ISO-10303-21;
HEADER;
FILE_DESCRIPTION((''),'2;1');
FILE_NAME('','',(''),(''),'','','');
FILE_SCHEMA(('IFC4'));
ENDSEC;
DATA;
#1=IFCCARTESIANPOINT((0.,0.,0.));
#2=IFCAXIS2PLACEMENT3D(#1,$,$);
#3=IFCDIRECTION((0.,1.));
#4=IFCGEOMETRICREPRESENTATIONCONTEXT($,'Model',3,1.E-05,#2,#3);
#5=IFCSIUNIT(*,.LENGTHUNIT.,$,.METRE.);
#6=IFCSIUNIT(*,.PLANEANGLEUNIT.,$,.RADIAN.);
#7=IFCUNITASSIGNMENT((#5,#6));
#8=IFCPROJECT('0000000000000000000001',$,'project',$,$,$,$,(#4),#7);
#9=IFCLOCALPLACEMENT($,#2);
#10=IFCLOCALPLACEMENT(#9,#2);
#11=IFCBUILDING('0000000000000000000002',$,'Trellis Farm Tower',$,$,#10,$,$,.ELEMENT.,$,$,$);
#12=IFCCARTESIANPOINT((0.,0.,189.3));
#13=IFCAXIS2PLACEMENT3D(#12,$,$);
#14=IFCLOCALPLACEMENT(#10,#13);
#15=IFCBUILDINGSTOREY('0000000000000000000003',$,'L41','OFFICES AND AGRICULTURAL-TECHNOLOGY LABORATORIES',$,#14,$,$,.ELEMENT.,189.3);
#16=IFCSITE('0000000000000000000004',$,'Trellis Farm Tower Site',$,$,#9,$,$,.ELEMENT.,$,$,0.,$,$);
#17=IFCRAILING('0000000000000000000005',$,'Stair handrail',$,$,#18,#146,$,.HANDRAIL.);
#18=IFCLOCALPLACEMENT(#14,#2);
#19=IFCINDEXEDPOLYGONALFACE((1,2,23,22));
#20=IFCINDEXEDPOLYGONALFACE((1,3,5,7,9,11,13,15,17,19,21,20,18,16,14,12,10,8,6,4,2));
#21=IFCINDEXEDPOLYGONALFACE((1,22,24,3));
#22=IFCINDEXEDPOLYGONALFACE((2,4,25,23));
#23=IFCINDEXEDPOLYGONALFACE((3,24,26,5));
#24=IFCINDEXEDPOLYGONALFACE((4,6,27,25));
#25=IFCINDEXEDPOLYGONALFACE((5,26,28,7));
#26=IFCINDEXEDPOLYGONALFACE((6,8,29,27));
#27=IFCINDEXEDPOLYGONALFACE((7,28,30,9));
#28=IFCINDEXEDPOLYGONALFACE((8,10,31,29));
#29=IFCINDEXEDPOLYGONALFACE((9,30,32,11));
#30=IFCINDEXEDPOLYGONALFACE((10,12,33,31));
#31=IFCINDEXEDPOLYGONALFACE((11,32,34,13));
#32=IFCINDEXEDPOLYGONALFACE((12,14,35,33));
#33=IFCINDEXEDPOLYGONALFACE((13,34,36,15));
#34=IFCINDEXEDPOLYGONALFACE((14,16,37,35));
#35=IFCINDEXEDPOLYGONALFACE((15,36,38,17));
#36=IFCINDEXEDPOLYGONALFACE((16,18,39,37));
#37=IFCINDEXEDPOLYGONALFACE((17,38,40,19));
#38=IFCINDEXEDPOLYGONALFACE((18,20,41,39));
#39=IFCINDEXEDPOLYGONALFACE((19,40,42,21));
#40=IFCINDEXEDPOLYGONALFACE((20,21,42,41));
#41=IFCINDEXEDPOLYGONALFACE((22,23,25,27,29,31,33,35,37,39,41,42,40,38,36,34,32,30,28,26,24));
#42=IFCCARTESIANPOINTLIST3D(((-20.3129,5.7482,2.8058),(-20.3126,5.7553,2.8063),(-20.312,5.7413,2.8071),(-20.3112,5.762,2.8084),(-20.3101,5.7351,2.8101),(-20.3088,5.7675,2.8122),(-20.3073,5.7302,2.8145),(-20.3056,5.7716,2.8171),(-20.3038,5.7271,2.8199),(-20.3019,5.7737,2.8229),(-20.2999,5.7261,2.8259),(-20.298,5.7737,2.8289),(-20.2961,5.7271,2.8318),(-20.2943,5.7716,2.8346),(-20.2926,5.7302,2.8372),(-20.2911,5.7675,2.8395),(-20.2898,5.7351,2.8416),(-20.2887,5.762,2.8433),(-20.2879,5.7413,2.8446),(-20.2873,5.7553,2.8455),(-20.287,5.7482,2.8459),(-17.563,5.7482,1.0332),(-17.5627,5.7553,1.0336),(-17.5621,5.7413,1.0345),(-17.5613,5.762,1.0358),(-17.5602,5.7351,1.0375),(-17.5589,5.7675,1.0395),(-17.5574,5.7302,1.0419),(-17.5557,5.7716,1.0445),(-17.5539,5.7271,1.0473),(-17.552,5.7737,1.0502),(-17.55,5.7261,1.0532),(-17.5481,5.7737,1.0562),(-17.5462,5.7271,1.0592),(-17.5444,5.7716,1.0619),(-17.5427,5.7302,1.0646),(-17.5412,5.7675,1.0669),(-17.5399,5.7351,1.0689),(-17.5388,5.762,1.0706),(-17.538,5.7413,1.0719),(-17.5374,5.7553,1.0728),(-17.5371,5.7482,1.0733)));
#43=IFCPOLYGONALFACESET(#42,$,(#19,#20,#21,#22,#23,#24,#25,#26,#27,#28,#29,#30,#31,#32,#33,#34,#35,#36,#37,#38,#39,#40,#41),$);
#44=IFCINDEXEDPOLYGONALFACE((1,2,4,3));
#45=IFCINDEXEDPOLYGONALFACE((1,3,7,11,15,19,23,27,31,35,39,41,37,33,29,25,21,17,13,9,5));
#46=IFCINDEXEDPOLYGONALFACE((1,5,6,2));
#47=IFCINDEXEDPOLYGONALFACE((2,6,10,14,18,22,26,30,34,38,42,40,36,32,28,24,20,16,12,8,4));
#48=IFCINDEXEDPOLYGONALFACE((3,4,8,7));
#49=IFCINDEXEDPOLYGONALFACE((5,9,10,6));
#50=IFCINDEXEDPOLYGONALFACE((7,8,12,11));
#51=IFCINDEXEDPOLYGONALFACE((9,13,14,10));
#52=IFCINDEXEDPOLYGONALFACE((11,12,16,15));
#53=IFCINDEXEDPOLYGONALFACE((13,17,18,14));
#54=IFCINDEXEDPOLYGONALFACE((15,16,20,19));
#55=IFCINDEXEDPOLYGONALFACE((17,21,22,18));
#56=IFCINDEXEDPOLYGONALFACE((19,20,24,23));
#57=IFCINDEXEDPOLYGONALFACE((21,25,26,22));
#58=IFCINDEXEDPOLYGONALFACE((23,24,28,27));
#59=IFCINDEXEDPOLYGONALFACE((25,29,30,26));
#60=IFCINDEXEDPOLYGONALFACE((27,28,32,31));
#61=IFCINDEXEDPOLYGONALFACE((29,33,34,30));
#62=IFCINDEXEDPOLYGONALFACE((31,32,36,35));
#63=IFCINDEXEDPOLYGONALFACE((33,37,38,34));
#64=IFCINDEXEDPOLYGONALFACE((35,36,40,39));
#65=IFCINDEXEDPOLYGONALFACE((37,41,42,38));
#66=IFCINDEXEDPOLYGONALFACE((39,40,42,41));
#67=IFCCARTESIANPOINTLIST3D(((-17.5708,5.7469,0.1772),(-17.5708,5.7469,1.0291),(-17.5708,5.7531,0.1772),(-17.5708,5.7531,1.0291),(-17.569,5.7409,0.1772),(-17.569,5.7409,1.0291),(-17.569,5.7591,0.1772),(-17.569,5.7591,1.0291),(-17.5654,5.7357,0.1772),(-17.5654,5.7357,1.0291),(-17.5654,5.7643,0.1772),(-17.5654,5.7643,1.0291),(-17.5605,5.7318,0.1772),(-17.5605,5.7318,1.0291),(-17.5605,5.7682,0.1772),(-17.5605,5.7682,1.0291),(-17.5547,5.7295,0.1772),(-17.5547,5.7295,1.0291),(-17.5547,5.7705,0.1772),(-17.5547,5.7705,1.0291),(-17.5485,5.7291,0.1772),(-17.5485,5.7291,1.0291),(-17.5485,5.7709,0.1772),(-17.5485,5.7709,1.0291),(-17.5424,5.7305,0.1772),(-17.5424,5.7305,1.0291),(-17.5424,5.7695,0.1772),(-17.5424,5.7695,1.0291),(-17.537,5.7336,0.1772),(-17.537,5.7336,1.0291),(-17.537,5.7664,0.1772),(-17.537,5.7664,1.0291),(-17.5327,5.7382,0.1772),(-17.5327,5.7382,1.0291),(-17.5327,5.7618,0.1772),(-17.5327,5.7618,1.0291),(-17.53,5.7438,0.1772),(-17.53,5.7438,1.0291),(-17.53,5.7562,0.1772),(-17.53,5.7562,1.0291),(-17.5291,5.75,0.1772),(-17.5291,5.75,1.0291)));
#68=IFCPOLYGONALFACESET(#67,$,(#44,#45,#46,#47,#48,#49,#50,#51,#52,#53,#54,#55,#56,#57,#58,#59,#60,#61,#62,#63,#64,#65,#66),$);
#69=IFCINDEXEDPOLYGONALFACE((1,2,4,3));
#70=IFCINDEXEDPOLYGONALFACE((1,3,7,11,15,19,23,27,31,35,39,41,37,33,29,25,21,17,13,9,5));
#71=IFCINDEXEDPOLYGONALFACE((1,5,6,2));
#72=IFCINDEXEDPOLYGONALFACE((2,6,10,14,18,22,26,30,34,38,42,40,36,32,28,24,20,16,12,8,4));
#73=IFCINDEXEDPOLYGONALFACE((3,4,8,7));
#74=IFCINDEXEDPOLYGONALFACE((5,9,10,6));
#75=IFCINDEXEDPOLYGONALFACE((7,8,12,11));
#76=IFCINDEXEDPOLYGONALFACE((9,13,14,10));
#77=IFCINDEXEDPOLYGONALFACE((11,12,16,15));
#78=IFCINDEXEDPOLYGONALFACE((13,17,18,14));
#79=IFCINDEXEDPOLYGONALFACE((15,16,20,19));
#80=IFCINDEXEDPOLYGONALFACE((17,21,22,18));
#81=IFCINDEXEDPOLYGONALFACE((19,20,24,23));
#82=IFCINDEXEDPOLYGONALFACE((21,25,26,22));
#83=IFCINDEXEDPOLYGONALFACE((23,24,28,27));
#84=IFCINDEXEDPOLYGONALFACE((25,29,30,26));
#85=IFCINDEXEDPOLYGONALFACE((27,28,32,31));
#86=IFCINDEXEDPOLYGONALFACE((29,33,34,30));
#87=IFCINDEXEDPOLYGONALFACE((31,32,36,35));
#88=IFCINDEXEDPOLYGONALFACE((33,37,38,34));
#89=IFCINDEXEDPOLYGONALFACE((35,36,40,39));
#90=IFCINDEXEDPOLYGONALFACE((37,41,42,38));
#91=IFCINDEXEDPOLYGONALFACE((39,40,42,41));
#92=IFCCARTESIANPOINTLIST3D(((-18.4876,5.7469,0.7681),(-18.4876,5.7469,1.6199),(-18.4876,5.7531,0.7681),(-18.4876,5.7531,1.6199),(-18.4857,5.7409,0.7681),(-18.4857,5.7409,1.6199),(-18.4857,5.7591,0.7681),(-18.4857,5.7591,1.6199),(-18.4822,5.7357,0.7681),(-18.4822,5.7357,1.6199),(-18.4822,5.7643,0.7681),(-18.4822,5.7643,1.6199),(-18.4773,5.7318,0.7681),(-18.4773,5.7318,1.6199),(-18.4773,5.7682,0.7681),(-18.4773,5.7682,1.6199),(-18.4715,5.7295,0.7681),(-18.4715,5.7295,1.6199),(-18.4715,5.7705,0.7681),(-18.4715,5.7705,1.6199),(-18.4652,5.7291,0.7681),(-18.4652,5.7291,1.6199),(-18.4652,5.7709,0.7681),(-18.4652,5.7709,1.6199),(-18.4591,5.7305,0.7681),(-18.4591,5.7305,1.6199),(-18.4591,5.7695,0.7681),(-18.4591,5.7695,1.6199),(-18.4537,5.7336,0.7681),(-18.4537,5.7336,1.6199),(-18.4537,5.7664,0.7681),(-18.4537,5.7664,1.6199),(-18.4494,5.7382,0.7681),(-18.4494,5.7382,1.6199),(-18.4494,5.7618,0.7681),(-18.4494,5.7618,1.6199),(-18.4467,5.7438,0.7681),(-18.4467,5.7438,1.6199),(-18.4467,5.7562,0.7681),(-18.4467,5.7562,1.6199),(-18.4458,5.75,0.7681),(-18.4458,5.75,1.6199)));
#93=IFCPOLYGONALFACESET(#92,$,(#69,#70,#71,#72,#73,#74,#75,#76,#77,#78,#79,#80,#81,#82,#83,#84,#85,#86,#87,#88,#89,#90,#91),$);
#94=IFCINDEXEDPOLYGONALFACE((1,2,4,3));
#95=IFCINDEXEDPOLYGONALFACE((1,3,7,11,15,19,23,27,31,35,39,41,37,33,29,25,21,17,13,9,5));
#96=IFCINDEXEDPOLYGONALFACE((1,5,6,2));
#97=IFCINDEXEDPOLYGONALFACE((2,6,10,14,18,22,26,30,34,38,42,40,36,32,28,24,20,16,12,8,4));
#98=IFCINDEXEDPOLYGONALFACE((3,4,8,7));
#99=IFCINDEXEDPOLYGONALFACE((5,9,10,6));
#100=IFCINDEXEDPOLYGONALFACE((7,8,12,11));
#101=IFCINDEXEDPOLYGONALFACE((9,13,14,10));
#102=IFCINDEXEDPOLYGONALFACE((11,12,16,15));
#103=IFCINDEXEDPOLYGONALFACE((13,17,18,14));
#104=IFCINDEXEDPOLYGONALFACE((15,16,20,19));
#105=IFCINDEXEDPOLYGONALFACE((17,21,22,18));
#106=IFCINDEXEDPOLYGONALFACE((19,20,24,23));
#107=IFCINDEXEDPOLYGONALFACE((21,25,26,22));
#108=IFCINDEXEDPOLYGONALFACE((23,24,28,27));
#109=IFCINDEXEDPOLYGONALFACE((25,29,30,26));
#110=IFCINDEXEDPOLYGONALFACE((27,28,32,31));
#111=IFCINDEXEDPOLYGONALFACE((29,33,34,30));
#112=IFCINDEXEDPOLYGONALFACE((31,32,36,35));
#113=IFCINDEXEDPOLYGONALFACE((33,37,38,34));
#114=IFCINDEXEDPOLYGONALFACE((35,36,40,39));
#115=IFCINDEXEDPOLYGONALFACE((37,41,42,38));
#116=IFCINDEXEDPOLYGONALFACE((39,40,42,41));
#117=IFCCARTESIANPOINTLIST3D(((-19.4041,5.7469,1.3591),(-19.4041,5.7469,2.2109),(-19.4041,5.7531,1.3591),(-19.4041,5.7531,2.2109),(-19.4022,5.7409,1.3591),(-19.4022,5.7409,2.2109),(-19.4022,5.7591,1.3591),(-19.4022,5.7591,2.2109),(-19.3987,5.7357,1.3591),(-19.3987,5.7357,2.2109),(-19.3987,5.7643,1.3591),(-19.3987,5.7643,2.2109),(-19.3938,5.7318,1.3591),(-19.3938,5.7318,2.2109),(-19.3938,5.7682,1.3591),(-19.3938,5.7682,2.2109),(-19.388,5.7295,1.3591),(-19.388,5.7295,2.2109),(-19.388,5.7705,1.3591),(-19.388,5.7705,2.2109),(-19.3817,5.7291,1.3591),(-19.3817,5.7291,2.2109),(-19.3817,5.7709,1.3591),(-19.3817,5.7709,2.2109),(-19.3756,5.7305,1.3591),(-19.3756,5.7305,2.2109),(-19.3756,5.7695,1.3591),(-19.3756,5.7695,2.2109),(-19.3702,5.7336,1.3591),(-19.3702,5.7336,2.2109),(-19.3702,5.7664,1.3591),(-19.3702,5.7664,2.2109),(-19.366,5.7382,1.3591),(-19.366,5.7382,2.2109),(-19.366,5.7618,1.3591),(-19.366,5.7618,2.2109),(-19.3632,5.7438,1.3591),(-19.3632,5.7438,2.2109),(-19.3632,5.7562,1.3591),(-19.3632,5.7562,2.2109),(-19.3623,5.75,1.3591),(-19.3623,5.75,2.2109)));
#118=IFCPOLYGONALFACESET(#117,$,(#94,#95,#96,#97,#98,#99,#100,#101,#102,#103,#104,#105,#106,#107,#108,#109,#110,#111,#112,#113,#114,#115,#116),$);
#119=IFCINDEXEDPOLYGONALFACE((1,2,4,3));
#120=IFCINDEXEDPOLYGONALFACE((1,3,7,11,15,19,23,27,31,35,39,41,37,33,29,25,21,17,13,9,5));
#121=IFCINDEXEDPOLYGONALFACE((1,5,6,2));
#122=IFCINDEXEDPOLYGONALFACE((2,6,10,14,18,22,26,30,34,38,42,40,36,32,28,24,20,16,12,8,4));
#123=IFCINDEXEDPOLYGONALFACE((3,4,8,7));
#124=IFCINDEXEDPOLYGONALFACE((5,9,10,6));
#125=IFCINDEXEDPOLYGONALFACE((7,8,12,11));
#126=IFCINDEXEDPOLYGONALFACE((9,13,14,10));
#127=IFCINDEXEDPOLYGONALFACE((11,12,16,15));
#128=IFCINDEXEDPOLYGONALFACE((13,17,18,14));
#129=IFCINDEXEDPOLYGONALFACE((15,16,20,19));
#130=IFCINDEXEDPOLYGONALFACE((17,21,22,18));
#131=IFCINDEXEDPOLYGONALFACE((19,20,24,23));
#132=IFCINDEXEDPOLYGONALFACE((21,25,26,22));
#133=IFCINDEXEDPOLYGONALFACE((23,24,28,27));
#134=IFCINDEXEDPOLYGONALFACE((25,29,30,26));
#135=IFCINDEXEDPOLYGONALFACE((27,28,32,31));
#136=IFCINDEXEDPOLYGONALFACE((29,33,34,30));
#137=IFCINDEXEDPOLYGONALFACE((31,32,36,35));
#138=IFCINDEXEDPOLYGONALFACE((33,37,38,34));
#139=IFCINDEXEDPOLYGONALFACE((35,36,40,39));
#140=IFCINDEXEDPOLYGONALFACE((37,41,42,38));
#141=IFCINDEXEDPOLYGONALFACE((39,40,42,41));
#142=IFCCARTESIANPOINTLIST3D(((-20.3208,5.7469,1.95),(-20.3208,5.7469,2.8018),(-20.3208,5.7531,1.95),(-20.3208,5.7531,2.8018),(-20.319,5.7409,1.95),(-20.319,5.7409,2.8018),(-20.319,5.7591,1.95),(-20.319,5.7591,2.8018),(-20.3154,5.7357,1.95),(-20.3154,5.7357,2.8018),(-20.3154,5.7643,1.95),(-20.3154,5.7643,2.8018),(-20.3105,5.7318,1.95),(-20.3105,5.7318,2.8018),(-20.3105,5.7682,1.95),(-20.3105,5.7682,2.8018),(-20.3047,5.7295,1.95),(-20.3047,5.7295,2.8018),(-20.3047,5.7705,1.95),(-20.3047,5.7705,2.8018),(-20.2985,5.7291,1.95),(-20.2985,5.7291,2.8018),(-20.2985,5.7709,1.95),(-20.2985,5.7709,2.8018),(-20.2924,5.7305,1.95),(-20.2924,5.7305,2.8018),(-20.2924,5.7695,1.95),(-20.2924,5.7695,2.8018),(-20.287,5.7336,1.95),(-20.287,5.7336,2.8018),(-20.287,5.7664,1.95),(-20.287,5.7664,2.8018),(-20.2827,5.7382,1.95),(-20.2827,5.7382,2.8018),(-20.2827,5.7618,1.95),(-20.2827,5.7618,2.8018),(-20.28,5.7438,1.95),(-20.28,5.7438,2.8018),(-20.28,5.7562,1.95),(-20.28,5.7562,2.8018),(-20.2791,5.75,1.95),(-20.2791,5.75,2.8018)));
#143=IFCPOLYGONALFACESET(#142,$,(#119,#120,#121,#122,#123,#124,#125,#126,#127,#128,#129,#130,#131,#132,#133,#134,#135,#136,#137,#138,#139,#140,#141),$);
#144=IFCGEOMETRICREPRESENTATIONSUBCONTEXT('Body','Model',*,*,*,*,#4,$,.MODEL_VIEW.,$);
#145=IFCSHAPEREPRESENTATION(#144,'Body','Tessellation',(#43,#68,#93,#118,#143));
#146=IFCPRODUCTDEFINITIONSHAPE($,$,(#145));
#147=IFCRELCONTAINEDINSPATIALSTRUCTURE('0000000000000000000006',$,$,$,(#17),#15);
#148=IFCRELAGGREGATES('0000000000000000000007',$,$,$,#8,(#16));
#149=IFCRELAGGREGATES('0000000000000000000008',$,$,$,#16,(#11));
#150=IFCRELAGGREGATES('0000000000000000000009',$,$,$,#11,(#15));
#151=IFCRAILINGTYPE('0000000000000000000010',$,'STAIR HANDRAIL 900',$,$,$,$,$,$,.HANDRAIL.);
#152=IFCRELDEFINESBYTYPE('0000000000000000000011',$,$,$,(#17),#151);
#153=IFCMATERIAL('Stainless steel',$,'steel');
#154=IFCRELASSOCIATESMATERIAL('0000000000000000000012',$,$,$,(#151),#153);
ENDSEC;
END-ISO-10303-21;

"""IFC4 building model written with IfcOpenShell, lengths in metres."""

from ifc_helpers import new_model, si_unit, direction, frame, origin, origin_2d, place, context, subcontext, project, spatial, circle, extrude, source, transform, mapped, material, type_object, element, save


model = new_model("IFC4")

# Units and contexts
model_context = context("Model", 3, precision=1e-05, world=origin(), true_north=direction((0.0, 1.0)))
body_context = subcontext(model_context, "Body", "Model", "MODEL_VIEW")
ifc_project = project(units=[si_unit("LENGTHUNIT", "METRE"), si_unit("PLANEANGLEUNIT", "RADIAN")], contexts=[model_context])

# Site, building, storey
site_placement = place(None, origin())
site = spatial("IfcSite", under=ifc_project, at=site_placement, Name="Trellis Farm Tower Site", CompositionType="ELEMENT", RefElevation=0.0)
building_placement = place(site_placement, origin())
building = spatial("IfcBuilding", under=site, at=building_placement, Name="Trellis Farm Tower", CompositionType="ELEMENT")
storey_placement = place(building_placement, frame((0.0, 0.0, 189.3)))
storey = spatial("IfcBuildingStorey", under=building, at=storey_placement, Name="L41", Description="OFFICES AND AGRICULTURAL-TECHNOLOGY LABORATORIES", CompositionType="ELEMENT", Elevation=189.3)

# Railing
ifc_material_1 = material(Name="Stainless steel", Category="steel")
railing_type = type_object("IfcRailingType", Name="STAIR HANDRAIL 900", PredefinedType="HANDRAIL", material=ifc_material_1)
shared_shape_1 = source(origin(), body_context, "Body", "SweptSolid", [
    extrude(circle(Radius=0.0239, at=origin_2d()), frame((0.0, 0.0, 0.876), z_axis=(-0.840504, 0.0, 0.541806), x_axis=(0.0, -1.0, 0.0)), (0.0, 0.0, 1.0), 3.2717),
    extrude(circle(Radius=0.021, at=origin_2d()), origin(), (0.0, 0.0, 1.0), 0.8518),
    extrude(circle(Radius=0.021, at=origin_2d()), frame((-0.9167, 0.0, 0.5908)), (0.0, 0.0, 1.0), 0.8518),
    extrude(circle(Radius=0.021, at=origin_2d()), frame((-1.8333, 0.0, 1.1819)), (0.0, 0.0, 1.0), 0.8518),
    extrude(circle(Radius=0.021, at=origin_2d()), frame((-2.75, 0.0, 1.7727)), (0.0, 0.0, 1.0), 0.8518),
])
for number, where, name in (
    (1, (-17.55, 5.75, 0.1772), "Stair handrail"),
):
    element("IfcRailing", number, at=place(storey_placement, frame(where)), inside=storey, type_object=railing_type, Name=name, PredefinedType="HANDRAIL", context=body_context, shape_type="MappedRepresentation", body=[
        mapped(shared_shape_1, transform((0.0, 0.0, 0.0))),
    ])

save(model, "model.ifc")
